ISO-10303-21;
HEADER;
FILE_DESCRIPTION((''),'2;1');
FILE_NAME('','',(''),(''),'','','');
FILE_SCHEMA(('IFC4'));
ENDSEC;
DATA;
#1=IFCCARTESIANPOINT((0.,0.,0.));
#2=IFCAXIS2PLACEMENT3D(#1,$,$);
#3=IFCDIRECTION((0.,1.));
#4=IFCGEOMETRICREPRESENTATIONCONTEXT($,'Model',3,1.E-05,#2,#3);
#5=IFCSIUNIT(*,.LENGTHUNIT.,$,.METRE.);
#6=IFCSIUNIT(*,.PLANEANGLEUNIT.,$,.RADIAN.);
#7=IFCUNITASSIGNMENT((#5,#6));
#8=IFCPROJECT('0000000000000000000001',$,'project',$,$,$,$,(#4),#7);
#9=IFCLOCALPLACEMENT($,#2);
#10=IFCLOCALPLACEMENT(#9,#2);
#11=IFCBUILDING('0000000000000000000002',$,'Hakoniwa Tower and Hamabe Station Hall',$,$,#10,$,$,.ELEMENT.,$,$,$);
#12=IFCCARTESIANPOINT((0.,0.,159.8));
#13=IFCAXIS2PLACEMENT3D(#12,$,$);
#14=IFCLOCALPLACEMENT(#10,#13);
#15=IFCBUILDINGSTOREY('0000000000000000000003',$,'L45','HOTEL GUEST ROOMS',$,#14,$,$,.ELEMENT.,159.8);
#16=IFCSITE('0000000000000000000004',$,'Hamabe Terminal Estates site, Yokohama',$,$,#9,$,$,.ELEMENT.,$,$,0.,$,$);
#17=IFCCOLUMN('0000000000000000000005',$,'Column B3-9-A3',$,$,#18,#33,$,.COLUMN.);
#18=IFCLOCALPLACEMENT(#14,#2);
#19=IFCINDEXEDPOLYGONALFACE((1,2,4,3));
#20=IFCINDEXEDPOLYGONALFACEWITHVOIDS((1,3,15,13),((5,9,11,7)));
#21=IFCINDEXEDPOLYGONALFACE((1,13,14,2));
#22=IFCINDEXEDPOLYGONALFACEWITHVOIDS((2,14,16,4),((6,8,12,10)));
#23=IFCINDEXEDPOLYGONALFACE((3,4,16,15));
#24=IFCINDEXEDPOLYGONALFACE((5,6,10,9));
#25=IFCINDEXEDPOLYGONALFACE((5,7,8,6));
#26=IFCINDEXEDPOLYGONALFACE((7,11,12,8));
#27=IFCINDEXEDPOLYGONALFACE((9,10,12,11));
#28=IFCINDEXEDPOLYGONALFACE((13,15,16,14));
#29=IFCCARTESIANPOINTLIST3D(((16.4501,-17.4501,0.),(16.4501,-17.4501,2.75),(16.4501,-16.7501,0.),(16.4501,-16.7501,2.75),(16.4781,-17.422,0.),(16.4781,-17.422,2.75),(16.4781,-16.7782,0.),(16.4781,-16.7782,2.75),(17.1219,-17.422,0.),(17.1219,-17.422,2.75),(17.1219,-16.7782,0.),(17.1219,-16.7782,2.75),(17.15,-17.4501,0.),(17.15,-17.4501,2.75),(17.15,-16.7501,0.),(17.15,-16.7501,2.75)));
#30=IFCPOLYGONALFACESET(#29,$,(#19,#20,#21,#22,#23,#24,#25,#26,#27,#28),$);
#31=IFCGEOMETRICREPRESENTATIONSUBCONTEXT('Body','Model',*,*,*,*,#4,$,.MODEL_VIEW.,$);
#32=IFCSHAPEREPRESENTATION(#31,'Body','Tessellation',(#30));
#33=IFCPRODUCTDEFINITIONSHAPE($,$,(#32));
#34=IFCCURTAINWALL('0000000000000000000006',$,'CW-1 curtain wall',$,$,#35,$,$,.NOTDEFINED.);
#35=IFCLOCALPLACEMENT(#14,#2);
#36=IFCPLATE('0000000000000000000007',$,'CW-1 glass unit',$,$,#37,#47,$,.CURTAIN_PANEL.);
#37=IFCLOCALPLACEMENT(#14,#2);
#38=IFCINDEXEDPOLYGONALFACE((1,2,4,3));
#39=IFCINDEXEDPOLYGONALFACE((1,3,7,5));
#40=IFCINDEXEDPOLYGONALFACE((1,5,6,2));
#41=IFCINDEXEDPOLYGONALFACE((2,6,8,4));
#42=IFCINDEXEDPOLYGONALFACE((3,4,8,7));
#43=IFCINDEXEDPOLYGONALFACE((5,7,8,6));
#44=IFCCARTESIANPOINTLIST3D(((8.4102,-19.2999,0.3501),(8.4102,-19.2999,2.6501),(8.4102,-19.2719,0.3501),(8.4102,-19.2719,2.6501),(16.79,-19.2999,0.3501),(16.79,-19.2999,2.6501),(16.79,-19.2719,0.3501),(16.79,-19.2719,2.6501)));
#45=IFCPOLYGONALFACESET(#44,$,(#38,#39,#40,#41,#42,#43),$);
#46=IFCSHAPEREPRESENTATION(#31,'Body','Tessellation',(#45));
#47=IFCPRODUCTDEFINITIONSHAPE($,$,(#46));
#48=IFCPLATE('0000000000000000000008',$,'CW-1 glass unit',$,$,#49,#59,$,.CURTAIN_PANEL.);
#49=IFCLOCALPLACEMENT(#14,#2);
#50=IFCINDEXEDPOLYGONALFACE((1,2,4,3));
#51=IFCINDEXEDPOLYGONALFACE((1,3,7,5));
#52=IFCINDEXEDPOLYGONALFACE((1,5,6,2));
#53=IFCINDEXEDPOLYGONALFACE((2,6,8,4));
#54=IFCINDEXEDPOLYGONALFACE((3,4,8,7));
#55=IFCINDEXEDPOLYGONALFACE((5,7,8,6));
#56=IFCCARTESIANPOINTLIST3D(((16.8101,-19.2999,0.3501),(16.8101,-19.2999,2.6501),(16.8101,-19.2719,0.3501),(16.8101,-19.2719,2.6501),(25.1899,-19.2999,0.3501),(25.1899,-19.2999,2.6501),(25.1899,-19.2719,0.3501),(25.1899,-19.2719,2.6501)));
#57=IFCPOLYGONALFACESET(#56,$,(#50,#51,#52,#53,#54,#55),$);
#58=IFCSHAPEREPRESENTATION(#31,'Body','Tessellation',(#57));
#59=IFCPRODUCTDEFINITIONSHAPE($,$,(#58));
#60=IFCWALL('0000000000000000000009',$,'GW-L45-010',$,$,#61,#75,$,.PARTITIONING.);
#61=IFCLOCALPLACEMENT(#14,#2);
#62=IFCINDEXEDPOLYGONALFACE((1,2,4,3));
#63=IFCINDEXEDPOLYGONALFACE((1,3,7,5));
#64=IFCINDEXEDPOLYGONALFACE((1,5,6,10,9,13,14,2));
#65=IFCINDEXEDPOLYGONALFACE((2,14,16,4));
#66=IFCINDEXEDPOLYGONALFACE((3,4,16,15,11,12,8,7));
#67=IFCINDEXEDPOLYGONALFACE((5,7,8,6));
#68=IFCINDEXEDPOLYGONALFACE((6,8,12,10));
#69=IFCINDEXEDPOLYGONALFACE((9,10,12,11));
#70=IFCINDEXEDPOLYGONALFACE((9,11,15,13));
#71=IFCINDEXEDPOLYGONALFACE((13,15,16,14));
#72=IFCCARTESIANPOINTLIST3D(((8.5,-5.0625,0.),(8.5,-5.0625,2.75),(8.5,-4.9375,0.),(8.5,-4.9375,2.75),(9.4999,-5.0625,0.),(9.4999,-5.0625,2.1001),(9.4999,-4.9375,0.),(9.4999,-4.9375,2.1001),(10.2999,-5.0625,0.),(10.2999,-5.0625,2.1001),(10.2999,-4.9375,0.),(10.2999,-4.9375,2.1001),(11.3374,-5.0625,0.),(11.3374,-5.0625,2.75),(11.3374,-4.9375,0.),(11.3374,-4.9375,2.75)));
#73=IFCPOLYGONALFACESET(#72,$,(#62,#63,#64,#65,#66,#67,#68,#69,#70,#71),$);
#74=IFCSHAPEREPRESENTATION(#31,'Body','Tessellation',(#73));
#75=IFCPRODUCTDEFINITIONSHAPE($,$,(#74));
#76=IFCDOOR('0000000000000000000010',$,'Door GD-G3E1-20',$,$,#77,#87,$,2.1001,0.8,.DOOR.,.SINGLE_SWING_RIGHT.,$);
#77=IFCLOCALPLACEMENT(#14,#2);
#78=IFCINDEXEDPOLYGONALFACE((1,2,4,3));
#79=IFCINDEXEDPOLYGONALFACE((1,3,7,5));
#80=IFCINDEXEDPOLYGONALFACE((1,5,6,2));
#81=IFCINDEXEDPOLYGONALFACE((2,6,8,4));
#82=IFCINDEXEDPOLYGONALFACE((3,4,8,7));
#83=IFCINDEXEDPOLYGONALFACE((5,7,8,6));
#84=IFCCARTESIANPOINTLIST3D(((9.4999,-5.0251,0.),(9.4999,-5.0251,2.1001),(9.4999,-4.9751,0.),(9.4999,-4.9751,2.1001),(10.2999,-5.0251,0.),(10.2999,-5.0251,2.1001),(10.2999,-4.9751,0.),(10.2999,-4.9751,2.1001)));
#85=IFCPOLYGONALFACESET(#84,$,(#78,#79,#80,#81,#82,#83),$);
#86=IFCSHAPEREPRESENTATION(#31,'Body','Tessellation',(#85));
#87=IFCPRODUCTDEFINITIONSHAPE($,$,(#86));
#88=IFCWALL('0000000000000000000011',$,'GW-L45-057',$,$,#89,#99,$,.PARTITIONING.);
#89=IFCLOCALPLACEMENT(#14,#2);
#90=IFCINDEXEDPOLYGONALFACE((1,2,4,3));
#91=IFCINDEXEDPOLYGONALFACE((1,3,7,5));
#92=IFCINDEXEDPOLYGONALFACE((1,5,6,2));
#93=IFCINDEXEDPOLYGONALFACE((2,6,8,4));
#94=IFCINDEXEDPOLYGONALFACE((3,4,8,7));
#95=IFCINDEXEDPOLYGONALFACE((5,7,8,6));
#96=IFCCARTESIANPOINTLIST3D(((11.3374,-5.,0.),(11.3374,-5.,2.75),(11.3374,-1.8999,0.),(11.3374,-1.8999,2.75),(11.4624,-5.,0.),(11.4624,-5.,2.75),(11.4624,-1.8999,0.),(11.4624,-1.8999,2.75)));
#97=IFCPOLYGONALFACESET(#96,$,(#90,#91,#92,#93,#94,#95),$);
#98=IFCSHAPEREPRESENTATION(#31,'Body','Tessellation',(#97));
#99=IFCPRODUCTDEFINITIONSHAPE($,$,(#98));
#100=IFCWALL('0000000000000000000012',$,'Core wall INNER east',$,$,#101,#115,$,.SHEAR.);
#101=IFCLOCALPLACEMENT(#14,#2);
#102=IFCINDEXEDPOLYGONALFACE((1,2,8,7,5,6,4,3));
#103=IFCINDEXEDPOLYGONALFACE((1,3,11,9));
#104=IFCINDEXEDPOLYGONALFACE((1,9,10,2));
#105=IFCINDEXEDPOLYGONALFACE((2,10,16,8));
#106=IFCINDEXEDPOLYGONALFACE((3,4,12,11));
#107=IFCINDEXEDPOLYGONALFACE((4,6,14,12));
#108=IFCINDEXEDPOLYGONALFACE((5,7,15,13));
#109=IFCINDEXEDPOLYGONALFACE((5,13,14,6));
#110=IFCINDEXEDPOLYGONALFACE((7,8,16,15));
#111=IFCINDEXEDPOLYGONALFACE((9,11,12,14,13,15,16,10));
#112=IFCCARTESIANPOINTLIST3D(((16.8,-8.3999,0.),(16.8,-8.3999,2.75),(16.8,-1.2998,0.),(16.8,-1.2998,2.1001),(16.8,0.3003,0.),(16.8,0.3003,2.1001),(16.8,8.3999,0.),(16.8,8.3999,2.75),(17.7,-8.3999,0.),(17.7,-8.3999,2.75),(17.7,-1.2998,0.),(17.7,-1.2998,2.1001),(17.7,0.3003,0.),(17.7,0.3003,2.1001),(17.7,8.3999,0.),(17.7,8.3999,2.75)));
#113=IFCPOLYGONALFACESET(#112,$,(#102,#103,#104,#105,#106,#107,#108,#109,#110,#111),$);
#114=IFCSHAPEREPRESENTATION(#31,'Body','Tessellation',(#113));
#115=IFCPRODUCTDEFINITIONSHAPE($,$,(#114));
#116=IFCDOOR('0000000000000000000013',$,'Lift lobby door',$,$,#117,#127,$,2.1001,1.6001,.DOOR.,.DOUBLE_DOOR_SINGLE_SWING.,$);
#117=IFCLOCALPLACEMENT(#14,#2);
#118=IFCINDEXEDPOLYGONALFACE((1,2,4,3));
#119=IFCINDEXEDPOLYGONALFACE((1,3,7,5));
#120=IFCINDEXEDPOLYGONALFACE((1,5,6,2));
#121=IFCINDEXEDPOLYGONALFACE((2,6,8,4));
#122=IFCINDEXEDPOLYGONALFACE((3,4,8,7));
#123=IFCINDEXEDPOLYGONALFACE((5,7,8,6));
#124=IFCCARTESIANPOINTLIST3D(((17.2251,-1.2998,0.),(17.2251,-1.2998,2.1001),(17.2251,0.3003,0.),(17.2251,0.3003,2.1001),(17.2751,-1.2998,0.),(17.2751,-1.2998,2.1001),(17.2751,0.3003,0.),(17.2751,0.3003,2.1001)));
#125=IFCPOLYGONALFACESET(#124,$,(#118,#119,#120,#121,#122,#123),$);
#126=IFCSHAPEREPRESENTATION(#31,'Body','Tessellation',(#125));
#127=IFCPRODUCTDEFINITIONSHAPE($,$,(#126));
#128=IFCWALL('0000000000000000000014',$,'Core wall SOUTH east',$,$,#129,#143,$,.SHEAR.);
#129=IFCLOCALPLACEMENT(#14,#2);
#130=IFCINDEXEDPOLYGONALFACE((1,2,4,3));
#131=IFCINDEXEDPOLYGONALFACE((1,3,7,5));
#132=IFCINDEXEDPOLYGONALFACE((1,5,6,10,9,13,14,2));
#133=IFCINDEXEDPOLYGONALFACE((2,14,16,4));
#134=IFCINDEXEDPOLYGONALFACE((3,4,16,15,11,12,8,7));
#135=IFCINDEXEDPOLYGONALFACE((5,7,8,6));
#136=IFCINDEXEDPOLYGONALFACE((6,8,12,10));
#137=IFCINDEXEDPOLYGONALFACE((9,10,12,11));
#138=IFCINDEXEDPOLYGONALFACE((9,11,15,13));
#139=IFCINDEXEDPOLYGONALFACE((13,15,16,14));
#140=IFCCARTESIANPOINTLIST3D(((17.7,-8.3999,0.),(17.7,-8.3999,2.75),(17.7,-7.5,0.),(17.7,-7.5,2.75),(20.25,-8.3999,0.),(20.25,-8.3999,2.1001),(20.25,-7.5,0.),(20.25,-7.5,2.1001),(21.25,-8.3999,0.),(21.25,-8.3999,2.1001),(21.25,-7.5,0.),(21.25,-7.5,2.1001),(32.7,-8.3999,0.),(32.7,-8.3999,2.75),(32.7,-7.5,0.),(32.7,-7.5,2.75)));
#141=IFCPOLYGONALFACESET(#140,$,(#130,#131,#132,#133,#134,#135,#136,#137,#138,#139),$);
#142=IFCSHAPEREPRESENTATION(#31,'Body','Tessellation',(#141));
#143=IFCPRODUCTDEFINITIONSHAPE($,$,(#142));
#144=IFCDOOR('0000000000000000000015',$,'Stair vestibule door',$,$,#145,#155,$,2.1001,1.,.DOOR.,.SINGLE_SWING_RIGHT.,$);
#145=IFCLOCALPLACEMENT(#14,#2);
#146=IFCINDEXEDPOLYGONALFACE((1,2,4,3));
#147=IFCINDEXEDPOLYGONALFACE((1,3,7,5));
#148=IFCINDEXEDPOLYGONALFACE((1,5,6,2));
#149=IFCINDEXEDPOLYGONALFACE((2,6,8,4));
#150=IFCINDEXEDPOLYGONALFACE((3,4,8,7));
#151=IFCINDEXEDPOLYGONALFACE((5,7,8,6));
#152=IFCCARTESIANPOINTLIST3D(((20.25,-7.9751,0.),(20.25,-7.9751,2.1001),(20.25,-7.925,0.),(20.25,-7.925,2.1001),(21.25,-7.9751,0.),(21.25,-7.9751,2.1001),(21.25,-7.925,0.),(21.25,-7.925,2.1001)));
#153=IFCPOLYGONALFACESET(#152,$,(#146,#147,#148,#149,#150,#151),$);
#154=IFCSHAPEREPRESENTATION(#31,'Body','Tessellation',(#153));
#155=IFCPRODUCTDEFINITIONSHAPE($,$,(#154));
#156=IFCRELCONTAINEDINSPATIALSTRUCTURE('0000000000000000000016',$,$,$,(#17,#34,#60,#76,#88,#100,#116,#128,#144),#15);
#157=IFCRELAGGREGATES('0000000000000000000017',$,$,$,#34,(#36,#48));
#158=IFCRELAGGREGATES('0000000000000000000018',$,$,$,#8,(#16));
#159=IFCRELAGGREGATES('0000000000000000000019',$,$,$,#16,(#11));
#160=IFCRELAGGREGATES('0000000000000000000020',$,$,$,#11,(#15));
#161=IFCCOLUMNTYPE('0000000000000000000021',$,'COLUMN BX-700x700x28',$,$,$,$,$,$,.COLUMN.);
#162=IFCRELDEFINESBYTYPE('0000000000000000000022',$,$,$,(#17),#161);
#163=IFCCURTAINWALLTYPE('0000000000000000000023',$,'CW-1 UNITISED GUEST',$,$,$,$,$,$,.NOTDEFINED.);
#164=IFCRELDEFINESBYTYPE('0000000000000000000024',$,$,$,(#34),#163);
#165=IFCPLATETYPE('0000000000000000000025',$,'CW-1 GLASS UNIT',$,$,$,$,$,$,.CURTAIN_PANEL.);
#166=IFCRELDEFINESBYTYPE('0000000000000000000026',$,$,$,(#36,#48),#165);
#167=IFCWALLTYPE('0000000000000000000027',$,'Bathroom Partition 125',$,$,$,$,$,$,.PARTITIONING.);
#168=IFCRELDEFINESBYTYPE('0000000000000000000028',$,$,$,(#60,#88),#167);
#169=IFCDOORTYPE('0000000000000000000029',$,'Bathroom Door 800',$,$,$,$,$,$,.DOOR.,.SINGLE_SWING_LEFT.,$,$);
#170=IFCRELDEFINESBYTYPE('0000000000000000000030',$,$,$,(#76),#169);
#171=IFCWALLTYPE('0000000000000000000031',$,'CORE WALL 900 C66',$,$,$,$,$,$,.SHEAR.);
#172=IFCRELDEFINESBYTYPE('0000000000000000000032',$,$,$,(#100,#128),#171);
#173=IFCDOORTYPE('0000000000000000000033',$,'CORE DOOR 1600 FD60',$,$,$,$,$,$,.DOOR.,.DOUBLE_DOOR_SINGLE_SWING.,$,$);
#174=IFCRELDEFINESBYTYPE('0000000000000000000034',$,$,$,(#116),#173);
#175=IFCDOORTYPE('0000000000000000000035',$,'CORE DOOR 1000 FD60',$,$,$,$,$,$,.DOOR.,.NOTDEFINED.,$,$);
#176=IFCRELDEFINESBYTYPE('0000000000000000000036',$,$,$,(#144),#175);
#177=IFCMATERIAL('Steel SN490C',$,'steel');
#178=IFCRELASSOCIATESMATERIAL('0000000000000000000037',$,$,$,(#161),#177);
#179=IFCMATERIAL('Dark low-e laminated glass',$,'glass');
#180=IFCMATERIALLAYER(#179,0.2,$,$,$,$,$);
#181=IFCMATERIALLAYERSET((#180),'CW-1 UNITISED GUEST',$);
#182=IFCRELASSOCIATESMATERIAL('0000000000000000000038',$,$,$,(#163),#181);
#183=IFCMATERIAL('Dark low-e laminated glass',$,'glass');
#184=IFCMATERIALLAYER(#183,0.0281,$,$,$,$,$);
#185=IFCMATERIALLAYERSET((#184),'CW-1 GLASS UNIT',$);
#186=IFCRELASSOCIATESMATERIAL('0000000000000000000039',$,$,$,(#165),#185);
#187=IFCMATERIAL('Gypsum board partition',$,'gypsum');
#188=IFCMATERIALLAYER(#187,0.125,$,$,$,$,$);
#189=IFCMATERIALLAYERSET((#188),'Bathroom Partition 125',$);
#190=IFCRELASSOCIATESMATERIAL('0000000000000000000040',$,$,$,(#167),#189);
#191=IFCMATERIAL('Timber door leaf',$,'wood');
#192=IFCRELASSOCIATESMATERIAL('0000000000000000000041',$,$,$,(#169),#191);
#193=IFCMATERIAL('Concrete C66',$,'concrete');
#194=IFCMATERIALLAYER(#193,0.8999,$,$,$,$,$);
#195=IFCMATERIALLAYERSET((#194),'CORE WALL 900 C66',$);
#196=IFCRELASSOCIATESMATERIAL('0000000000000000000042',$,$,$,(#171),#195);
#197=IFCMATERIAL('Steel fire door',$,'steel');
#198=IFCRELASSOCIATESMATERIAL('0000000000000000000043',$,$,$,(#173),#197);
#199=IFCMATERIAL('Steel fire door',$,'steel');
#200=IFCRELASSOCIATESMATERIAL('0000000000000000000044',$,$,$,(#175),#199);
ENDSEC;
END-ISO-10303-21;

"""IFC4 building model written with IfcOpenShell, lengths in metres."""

from ifc_helpers import new_model, si_unit, direction, frame, frame_2d, origin, origin_2d, place, context, subcontext, project, spatial, rectangle, hollow_rectangle, extrude, material, layer, layer_set, material_profile, profile_set, type_object, element, fill, aggregate, save


model = new_model("IFC4")

# Units and contexts
model_context = context("Model", 3, precision=1e-05, world=origin(), true_north=direction((0.0, 1.0)))
body_context = subcontext(model_context, "Body", "Model", "MODEL_VIEW")
ifc_project = project(units=[si_unit("LENGTHUNIT", "METRE"), si_unit("PLANEANGLEUNIT", "RADIAN")], contexts=[model_context])

# Site, building, storey
site_placement = place(None, origin())
site = spatial("IfcSite", under=ifc_project, at=site_placement, Name="Hamabe Terminal Estates site, Yokohama", CompositionType="ELEMENT", RefElevation=0.0)
building_placement = place(site_placement, origin())
building = spatial("IfcBuilding", under=site, at=building_placement, Name="Hakoniwa Tower and Hamabe Station Hall", CompositionType="ELEMENT")
storey_placement = place(building_placement, frame((0.0, 0.0, 159.8)))
storey = spatial("IfcBuildingStorey", under=building, at=storey_placement, Name="L45", Description="HOTEL GUEST ROOMS", CompositionType="ELEMENT", Elevation=159.8)

# Column
ifc_material_1 = material(Name="Steel SN490C", Category="steel")
ifc_material_profile = material_profile(ifc_material_1, hollow_rectangle(XDim=0.7, YDim=0.7, WallThickness=0.0281, at=origin_2d()), Name="BX-700x700x28")
ifc_profile_set = profile_set([ifc_material_profile], Name="Steel SN490C")
column_type = type_object("IfcColumnType", Name="COLUMN BX-700x700x28", PredefinedType="COLUMN", material=ifc_profile_set)
column_placement = place(storey_placement, frame((16.8, -17.1001, 0.0), z_axis=(0.0, 0.0, 1.0), x_axis=(1.0, 0.0, 0.0)))
element("IfcColumn", 1, at=column_placement, inside=storey, type_object=column_type, Name="Column B3-9-A3", PredefinedType="COLUMN", context=body_context, shape_type="SweptSolid", body=[
    extrude(hollow_rectangle(XDim=0.7, YDim=0.7, WallThickness=0.0281, at=origin_2d()), origin(), (0.0, 0.0, 1.0), 2.75),
])

# Curtain wall, plates
ifc_material_2 = material(Name="Dark low-e laminated glass", Category="glass")
ifc_layer_1 = layer(ifc_material_2, 0.2)
ifc_layer_set_1 = layer_set([ifc_layer_1], Name="CW-1 UNITISED GUEST")
curtain_wall_type = type_object("IfcCurtainWallType", Name="CW-1 UNITISED GUEST", PredefinedType="NOTDEFINED", material=ifc_layer_set_1)
curtain_wall_placement = place(storey_placement, origin())
curtain_wall = element("IfcCurtainWall", 2, at=curtain_wall_placement, inside=storey, type_object=curtain_wall_type, Name="CW-1 curtain wall", PredefinedType="NOTDEFINED")
ifc_material_3 = material(Name="Dark low-e laminated glass", Category="glass")
ifc_layer_2 = layer(ifc_material_3, 0.0281)
ifc_layer_set_2 = layer_set([ifc_layer_2], Name="CW-1 GLASS UNIT")
plate_type = type_object("IfcPlateType", Name="CW-1 GLASS UNIT", PredefinedType="CURTAIN_PANEL", material=ifc_layer_set_2)
plate_1_placement = place(storey_placement, frame((12.6001, -19.2859, 0.3501), z_axis=(0.0, 0.0, 1.0), x_axis=(1.0, 0.0, 0.0)))
plate_1 = element("IfcPlate", 3, at=plate_1_placement, type_object=plate_type, Name="CW-1 glass unit", PredefinedType="CURTAIN_PANEL", context=body_context, shape_type="SweptSolid", body=[
    extrude(rectangle(XDim=8.3799, YDim=0.0281, at=origin_2d()), origin(), (0.0, 0.0, 1.0), 2.3),
])
plate_2_placement = place(storey_placement, frame((21.0, -19.2859, 0.3501), z_axis=(0.0, 0.0, 1.0), x_axis=(1.0, 0.0, 0.0)))
plate_2 = element("IfcPlate", 4, at=plate_2_placement, type_object=plate_type, Name="CW-1 glass unit", PredefinedType="CURTAIN_PANEL", context=body_context, shape_type="SweptSolid", body=[
    extrude(rectangle(XDim=8.3799, YDim=0.0281, at=origin_2d()), origin(), (0.0, 0.0, 1.0), 2.3),
])
aggregate(curtain_wall, [plate_1, plate_2])

# Wall, opening, door
ifc_material_4 = material(Name="Gypsum board partition", Category="gypsum")
ifc_layer_3 = layer(ifc_material_4, 0.125)
ifc_layer_set_3 = layer_set([ifc_layer_3], Name="Bathroom Partition 125")
wall_type_1 = type_object("IfcWallType", Name="Bathroom Partition 125", PredefinedType="PARTITIONING", material=ifc_layer_set_3)
wall_1_placement = place(storey_placement, frame((8.5, -5.0, 0.0), z_axis=(0.0, 0.0, 1.0), x_axis=(1.0, 0.0, 0.0)))
wall_1 = element("IfcWall", 5, at=wall_1_placement, inside=storey, type_object=wall_type_1, Name="GW-L45-010", PredefinedType="PARTITIONING", context=body_context, shape_type="SweptSolid", body=[
    extrude(rectangle(XDim=2.8374, YDim=0.125, at=frame_2d((1.4187, 0.0))), origin(), (0.0, 0.0, 1.0), 2.75),
])
opening_1_placement = place(wall_1_placement, frame((1.0, 0.0, 0.0)))
opening_1 = element("IfcOpeningElement", 6, at=opening_1_placement, cuts=wall_1, PredefinedType="OPENING", context=body_context, shape_type="SweptSolid", body=[
    extrude(rectangle(XDim=0.8, YDim=2.1001, at=frame_2d((0.3999, 1.05))), frame((0.0, 0.0725, 0.0), z_axis=(0.0, -1.0, 0.0), x_axis=(1.0, 0.0, 0.0)), (0.0, 0.0, 1.0), 0.145),
])
ifc_material_5 = material(Name="Timber door leaf", Category="wood")
door_type_1 = type_object("IfcDoorType", Name="Bathroom Door 800", OperationType="SINGLE_SWING_LEFT", PredefinedType="DOOR", material=ifc_material_5)
door_1_placement = place(opening_1_placement, origin())
door_1 = element("IfcDoor", 7, at=door_1_placement, inside=storey, type_object=door_type_1, Name="Door GD-G3E1-20", OperationType="SINGLE_SWING_RIGHT", OverallHeight=2.1001, OverallWidth=0.8, PredefinedType="DOOR", context=body_context, shape_type="SweptSolid", body=[
    extrude(rectangle(XDim=0.8, YDim=2.1001, at=frame_2d((0.3999, 1.05))), frame((0.0, 0.0249, 0.0), z_axis=(0.0, -1.0, 0.0), x_axis=(1.0, 0.0, 0.0)), (0.0, 0.0, 1.0), 0.05),
])
fill(opening_1, door_1)

# Wall
wall_2_placement = place(storey_placement, frame((11.3999, -5.0, 0.0), z_axis=(0.0, 0.0, 1.0), x_axis=(0.0, 1.0, 0.0)))
element("IfcWall", 8, at=wall_2_placement, inside=storey, type_object=wall_type_1, Name="GW-L45-057", PredefinedType="PARTITIONING", context=body_context, shape_type="SweptSolid", body=[
    extrude(rectangle(XDim=3.1001, YDim=0.125, at=frame_2d((1.55, 0.0))), origin(), (0.0, 0.0, 1.0), 2.75),
])

# Walls, openings, doors
ifc_material_6 = material(Name="Concrete C66", Category="concrete")
ifc_layer_4 = layer(ifc_material_6, 0.8999)
ifc_layer_set_4 = layer_set([ifc_layer_4], Name="CORE WALL 900 C66")
wall_type_2 = type_object("IfcWallType", Name="CORE WALL 900 C66", PredefinedType="SHEAR", material=ifc_layer_set_4)
wall_3_placement = place(storey_placement, frame((17.25, -8.3999, 0.0), z_axis=(0.0, 0.0, 1.0), x_axis=(0.0, 1.0, 0.0)))
wall_3 = element("IfcWall", 9, at=wall_3_placement, inside=storey, type_object=wall_type_2, Name="Core wall INNER east", PredefinedType="SHEAR", context=body_context, shape_type="SweptSolid", body=[
    extrude(rectangle(XDim=16.7998, YDim=0.8999, at=frame_2d((8.3999, 0.0))), origin(), (0.0, 0.0, 1.0), 2.75),
])
opening_2_placement = place(wall_3_placement, frame((7.1001, 0.0, 0.0)))
opening_2 = element("IfcOpeningElement", 10, at=opening_2_placement, cuts=wall_3, PredefinedType="OPENING", context=body_context, shape_type="SweptSolid", body=[
    extrude(rectangle(XDim=1.6001, YDim=2.1001, at=frame_2d((0.8, 1.05))), frame((0.0, 0.46, 0.0), z_axis=(0.0, -1.0, 0.0), x_axis=(1.0, 0.0, 0.0)), (0.0, 0.0, 1.0), 0.9199),
])
ifc_material_7 = material(Name="Steel fire door", Category="steel")
door_type_2 = type_object("IfcDoorType", Name="CORE DOOR 1600 FD60", OperationType="DOUBLE_DOOR_SINGLE_SWING", PredefinedType="DOOR", material=ifc_material_7)
door_2_placement = place(opening_2_placement, origin())
door_2 = element("IfcDoor", 11, at=door_2_placement, inside=storey, type_object=door_type_2, Name="Lift lobby door", OperationType="DOUBLE_DOOR_SINGLE_SWING", OverallHeight=2.1001, OverallWidth=1.6001, PredefinedType="DOOR", context=body_context, shape_type="SweptSolid", body=[
    extrude(rectangle(XDim=1.6001, YDim=2.1001, at=frame_2d((0.8, 1.05))), frame((0.0, 0.0249, 0.0), z_axis=(0.0, -1.0, 0.0), x_axis=(1.0, 0.0, 0.0)), (0.0, 0.0, 1.0), 0.05),
])
fill(opening_2, door_2)
wall_4_placement = place(storey_placement, frame((17.7, -7.95, 0.0), z_axis=(0.0, 0.0, 1.0), x_axis=(1.0, 0.0, 0.0)))
wall_4 = element("IfcWall", 12, at=wall_4_placement, inside=storey, type_object=wall_type_2, Name="Core wall SOUTH east", PredefinedType="SHEAR", context=body_context, shape_type="SweptSolid", body=[
    extrude(rectangle(XDim=15.0, YDim=0.8999, at=frame_2d((7.5, 0.0))), origin(), (0.0, 0.0, 1.0), 2.75),
])
opening_3_placement = place(wall_4_placement, frame((2.55, 0.0, 0.0)))
opening_3 = element("IfcOpeningElement", 13, at=opening_3_placement, cuts=wall_4, PredefinedType="OPENING", context=body_context, shape_type="SweptSolid", body=[
    extrude(rectangle(XDim=1.0, YDim=2.1001, at=frame_2d((0.5, 1.05))), frame((0.0, 0.46, 0.0), z_axis=(0.0, -1.0, 0.0), x_axis=(1.0, 0.0, 0.0)), (0.0, 0.0, 1.0), 0.9199),
])
ifc_material_8 = material(Name="Steel fire door", Category="steel")
door_type_3 = type_object("IfcDoorType", Name="CORE DOOR 1000 FD60", OperationType="NOTDEFINED", PredefinedType="DOOR", material=ifc_material_8)
door_3_placement = place(opening_3_placement, origin())
door_3 = element("IfcDoor", 14, at=door_3_placement, inside=storey, type_object=door_type_3, Name="Stair vestibule door", OperationType="SINGLE_SWING_RIGHT", OverallHeight=2.1001, OverallWidth=1.0, PredefinedType="DOOR", context=body_context, shape_type="SweptSolid", body=[
    extrude(rectangle(XDim=1.0, YDim=2.1001, at=frame_2d((0.5, 1.05))), frame((0.0, 0.0249, 0.0), z_axis=(0.0, -1.0, 0.0), x_axis=(1.0, 0.0, 0.0)), (0.0, 0.0, 1.0), 0.05),
])
fill(opening_3, door_3)

save(model, "model.ifc")
